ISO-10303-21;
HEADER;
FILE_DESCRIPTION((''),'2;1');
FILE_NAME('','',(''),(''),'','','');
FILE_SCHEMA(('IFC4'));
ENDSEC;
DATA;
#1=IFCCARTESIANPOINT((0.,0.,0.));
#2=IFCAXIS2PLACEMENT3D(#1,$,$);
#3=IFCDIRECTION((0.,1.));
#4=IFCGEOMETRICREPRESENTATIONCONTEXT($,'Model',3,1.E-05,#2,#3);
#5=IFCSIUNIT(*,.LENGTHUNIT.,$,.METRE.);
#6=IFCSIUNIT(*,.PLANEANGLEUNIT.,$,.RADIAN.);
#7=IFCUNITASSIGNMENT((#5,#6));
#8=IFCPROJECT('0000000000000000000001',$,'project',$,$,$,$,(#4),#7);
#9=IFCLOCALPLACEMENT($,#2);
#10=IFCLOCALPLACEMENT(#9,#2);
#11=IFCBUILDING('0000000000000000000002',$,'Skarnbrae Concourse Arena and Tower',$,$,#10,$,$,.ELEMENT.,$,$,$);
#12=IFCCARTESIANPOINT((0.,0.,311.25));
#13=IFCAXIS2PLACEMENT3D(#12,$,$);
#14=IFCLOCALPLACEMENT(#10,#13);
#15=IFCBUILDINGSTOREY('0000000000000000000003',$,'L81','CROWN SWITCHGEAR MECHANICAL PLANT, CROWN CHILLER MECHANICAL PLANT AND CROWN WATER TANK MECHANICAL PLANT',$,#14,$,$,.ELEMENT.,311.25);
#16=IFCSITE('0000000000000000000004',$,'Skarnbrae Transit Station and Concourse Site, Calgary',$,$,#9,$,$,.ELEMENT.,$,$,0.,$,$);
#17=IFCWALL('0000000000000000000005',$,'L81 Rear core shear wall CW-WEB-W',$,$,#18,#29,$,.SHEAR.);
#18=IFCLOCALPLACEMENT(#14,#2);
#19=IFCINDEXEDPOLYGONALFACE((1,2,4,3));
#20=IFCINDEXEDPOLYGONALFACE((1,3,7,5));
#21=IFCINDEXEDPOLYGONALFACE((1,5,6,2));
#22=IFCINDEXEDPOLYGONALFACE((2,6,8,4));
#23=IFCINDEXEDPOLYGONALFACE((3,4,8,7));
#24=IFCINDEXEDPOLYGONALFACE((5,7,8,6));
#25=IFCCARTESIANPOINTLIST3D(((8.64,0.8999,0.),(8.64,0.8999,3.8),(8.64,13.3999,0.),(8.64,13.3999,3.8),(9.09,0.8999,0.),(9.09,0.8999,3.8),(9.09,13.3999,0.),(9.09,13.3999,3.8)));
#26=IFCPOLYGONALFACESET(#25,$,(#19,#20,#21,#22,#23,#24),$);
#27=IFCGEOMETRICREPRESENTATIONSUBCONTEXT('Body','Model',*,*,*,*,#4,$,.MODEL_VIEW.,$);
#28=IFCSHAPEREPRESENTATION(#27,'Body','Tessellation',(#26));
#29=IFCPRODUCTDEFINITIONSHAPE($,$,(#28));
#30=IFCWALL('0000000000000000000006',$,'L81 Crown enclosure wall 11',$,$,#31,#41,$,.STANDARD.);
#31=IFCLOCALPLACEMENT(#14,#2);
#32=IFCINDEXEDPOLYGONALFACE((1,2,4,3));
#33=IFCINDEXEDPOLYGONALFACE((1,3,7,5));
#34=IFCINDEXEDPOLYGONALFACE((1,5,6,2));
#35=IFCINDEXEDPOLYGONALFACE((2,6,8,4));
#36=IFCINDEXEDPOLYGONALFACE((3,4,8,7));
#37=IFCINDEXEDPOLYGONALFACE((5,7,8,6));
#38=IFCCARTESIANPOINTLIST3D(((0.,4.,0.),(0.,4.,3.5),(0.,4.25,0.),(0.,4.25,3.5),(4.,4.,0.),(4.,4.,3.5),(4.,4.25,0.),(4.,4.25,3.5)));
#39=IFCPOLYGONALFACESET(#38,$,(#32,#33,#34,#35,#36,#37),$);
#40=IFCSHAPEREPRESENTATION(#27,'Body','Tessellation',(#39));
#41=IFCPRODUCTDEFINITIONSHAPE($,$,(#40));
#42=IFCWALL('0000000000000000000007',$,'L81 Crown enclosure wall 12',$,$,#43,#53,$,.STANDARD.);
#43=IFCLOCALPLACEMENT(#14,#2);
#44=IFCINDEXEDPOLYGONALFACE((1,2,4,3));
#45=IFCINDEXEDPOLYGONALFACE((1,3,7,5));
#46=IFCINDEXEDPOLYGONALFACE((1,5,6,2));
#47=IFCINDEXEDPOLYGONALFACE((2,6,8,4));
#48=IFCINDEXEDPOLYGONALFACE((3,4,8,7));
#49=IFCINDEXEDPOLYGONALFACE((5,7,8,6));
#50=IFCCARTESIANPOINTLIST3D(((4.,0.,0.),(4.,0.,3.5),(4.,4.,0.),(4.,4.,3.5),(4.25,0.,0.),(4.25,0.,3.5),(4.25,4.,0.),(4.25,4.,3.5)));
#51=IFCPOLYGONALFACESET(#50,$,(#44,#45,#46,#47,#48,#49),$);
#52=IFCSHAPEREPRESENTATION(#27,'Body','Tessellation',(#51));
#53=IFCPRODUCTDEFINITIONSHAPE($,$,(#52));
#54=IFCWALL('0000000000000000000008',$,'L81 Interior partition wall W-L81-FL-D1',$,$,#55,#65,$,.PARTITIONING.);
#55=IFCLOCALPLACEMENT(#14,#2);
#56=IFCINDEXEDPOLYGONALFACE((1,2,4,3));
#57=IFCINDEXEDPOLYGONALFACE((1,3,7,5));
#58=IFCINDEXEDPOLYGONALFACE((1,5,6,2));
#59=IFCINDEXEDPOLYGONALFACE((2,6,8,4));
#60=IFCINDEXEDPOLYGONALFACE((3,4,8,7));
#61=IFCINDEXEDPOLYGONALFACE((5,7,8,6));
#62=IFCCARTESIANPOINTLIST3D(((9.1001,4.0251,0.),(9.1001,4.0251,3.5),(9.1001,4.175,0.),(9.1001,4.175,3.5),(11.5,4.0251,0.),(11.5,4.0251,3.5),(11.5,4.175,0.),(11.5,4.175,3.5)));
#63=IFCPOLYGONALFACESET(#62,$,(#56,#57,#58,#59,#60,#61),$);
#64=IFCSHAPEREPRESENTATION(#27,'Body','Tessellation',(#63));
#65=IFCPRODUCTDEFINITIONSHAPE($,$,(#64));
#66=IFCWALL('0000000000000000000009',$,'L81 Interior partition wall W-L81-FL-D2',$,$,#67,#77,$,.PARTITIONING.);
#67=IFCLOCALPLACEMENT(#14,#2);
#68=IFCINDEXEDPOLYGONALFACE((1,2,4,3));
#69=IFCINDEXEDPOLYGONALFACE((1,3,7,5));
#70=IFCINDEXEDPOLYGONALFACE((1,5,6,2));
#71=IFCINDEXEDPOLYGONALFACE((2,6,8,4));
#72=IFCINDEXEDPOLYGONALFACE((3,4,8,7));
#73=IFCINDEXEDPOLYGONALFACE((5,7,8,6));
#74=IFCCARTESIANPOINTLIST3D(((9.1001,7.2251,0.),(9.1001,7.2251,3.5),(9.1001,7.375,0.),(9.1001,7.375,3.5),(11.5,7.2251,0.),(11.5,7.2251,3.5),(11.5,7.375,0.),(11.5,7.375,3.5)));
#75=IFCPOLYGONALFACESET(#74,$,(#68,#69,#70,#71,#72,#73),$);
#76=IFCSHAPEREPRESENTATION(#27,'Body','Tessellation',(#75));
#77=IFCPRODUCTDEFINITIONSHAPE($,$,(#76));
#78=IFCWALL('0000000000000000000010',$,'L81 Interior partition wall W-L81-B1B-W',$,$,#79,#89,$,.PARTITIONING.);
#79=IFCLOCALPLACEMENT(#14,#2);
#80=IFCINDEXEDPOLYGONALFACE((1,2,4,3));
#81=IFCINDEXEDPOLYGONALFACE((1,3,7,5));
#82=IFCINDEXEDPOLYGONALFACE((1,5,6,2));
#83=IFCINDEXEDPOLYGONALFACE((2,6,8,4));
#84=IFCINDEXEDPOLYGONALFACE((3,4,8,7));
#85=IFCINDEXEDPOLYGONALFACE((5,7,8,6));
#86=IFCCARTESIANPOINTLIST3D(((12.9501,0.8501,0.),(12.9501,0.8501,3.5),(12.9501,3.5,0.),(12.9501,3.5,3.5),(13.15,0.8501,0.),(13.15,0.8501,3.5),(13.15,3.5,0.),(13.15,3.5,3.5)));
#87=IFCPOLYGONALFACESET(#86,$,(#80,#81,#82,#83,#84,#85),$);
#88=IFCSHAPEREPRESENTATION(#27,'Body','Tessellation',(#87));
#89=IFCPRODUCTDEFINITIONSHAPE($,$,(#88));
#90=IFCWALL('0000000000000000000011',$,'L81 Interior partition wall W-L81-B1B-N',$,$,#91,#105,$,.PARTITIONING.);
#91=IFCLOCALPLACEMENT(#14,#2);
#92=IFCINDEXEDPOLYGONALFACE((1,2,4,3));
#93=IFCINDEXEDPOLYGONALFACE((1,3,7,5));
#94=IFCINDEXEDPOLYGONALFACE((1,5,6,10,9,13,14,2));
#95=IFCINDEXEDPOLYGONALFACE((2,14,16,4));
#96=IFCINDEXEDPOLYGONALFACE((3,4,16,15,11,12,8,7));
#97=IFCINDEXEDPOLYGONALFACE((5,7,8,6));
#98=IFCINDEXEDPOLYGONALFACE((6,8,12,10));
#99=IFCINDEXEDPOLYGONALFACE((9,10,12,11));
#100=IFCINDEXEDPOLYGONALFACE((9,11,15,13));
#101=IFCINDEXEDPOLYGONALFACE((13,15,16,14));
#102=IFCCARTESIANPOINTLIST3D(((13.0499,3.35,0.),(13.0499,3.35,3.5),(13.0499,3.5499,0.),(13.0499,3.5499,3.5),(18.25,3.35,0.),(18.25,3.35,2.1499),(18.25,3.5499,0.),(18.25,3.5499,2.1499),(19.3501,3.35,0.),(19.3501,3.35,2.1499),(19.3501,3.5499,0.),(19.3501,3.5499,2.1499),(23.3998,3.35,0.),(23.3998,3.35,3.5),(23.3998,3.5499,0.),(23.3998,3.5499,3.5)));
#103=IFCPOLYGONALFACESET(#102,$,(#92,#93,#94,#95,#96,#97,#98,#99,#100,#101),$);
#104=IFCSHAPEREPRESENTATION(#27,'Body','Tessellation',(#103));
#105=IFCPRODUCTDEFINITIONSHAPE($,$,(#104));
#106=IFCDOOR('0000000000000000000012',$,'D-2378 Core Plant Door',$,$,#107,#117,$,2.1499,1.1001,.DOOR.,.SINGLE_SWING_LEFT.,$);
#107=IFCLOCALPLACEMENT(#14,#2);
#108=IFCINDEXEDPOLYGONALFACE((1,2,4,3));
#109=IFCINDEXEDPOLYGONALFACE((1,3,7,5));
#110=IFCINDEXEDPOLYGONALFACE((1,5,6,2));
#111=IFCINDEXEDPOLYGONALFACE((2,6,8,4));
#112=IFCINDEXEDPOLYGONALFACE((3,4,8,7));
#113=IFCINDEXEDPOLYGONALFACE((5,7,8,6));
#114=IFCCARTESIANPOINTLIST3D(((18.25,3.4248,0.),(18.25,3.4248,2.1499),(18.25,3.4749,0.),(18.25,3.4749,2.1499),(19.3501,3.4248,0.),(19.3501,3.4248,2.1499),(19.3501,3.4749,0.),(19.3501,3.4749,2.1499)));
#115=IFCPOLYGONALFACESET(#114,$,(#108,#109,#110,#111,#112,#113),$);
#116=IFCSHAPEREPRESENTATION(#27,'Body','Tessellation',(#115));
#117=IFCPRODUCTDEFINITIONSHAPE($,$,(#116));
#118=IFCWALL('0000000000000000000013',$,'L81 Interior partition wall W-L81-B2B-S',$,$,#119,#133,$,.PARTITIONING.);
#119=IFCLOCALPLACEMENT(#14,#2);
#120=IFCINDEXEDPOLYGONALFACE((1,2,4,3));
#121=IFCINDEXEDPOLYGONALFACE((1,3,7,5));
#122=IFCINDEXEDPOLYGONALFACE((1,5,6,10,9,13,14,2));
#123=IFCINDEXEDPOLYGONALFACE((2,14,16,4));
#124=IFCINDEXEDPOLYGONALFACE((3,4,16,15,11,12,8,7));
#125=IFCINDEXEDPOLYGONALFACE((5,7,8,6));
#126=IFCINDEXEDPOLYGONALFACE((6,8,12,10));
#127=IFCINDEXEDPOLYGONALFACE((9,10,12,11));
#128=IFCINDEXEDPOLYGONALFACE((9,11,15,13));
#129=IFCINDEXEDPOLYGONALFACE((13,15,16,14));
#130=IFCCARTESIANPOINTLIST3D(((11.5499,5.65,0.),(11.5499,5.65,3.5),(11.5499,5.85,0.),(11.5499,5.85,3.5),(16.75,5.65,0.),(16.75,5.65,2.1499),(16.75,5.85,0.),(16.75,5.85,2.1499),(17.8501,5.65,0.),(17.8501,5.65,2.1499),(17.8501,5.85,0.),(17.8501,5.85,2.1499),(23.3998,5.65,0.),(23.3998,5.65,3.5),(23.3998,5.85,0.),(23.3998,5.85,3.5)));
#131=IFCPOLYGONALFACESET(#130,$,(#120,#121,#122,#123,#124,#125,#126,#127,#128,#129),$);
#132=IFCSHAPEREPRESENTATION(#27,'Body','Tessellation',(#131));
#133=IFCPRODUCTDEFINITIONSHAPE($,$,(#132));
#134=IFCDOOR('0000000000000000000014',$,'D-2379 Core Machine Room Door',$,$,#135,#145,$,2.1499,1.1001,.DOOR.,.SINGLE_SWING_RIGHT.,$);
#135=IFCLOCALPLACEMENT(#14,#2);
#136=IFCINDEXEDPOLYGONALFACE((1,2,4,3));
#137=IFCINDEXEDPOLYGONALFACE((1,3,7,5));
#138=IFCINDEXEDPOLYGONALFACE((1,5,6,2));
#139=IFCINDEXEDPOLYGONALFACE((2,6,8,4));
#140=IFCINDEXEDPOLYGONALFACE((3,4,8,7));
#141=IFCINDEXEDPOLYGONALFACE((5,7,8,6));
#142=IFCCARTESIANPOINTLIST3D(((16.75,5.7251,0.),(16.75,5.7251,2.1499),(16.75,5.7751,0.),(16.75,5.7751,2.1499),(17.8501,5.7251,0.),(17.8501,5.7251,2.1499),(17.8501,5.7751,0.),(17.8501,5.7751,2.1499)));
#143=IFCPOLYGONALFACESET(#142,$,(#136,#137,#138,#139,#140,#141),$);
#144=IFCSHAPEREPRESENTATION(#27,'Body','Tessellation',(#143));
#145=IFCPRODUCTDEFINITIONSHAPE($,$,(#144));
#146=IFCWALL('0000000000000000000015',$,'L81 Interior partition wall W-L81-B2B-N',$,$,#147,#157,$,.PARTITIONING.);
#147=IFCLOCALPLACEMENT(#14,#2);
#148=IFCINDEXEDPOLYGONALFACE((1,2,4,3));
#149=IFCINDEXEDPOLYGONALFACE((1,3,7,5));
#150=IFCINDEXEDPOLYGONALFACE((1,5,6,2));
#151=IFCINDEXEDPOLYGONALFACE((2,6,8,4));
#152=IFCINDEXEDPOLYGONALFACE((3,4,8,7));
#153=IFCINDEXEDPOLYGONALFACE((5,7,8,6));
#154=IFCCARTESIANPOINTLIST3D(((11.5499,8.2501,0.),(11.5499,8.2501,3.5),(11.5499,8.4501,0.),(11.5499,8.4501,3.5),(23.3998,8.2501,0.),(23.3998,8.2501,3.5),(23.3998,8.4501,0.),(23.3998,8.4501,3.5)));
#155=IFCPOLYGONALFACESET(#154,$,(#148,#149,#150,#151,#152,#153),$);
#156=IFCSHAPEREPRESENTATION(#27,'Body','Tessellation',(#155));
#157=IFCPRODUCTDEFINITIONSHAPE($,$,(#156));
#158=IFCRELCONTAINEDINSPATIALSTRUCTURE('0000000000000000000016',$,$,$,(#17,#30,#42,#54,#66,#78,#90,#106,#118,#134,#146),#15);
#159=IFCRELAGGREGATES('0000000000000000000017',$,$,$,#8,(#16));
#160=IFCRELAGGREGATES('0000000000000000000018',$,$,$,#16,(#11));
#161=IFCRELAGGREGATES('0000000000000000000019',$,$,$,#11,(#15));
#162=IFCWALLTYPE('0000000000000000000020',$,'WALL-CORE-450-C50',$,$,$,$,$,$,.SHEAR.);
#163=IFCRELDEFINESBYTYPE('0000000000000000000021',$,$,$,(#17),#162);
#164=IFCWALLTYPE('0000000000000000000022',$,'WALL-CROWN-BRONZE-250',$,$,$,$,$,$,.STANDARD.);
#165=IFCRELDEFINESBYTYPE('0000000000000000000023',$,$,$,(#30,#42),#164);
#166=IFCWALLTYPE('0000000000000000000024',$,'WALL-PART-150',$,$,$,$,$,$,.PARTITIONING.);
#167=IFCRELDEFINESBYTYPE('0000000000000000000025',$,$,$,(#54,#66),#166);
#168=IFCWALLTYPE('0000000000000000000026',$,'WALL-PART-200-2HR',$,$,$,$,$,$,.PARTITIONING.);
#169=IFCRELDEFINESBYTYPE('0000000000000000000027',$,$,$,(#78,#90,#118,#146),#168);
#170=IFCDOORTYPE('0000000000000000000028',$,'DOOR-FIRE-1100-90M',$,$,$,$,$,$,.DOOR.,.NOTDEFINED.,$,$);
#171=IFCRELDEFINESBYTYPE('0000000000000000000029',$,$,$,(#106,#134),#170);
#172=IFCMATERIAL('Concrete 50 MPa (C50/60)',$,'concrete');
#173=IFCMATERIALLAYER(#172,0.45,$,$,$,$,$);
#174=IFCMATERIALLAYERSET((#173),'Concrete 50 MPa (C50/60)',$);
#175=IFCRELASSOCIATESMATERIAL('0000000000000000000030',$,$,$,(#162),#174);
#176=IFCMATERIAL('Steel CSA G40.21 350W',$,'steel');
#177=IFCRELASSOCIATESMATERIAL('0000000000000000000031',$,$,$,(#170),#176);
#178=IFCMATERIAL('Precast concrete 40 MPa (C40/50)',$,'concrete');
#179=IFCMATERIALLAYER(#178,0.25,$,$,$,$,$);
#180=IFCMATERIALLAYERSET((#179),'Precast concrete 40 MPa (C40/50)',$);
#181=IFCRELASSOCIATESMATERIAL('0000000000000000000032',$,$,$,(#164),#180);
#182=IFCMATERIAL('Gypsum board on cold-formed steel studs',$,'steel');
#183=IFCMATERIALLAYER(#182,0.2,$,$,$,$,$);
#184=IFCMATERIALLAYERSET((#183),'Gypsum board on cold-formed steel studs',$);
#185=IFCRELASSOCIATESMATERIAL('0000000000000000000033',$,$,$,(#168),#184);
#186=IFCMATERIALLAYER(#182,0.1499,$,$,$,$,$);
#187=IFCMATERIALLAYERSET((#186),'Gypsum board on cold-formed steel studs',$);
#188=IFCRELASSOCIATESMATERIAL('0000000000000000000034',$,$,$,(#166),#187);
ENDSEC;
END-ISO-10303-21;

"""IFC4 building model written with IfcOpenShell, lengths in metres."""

from ifc_helpers import new_model, si_unit, direction, frame, frame_2d, origin, place, context, subcontext, project, spatial, rectangle, extrude, source, transform, mapped, material, layer, layer_set, type_object, element, fill, save


model = new_model("IFC4")

# Units and contexts
model_context = context("Model", 3, precision=1e-05, world=origin(), true_north=direction((0.0, 1.0)))
body_context = subcontext(model_context, "Body", "Model", "MODEL_VIEW")
ifc_project = project(units=[si_unit("LENGTHUNIT", "METRE"), si_unit("PLANEANGLEUNIT", "RADIAN")], contexts=[model_context])

# Site, building, storey
site_placement = place(None, origin())
site = spatial("IfcSite", under=ifc_project, at=site_placement, Name="Skarnbrae Transit Station and Concourse Site, Calgary", CompositionType="ELEMENT", RefElevation=0.0)
building_placement = place(site_placement, origin())
building = spatial("IfcBuilding", under=site, at=building_placement, Name="Skarnbrae Concourse Arena and Tower", CompositionType="ELEMENT")
storey_placement = place(building_placement, frame((0.0, 0.0, 311.25)))
storey = spatial("IfcBuildingStorey", under=building, at=storey_placement, Name="L81", Description="CROWN SWITCHGEAR MECHANICAL PLANT, CROWN CHILLER MECHANICAL PLANT AND CROWN WATER TANK MECHANICAL PLANT", CompositionType="ELEMENT", Elevation=311.25)

# Shared definitions
ifc_material_1 = material(Name="Steel CSA G40.21 350W", Category="steel")

# Wall
ifc_material_2 = material(Name="Concrete 50 MPa (C50/60)", Category="concrete")
ifc_layer_1 = layer(ifc_material_2, 0.45)
ifc_layer_set_1 = layer_set([ifc_layer_1], Name="Concrete 50 MPa (C50/60)")
wall_type_1 = type_object("IfcWallType", Name="WALL-CORE-450-C50", PredefinedType="SHEAR", material=ifc_layer_set_1)
shared_shape_1 = source(origin(), body_context, "Body", "SweptSolid", [
    extrude(rectangle(XDim=12.5, YDim=0.45, at=frame_2d((6.25, 0.0))), origin(), (0.0, 0.0, 1.0), 3.8),
])
wall_1_placement = place(storey_placement, frame((8.865, 0.8999, 0.0), z_axis=(0.0, 0.0, 1.0), x_axis=(0.0, 1.0, 0.0)))
element("IfcWall", 1, at=wall_1_placement, inside=storey, type_object=wall_type_1, Name="L81 Rear core shear wall CW-WEB-W", PredefinedType="SHEAR", context=body_context, shape_type="MappedRepresentation", body=[
    mapped(shared_shape_1, transform((0.0, 0.0, 0.0))),
])

# Shared definitions
door_type_1 = type_object("IfcDoorType", Name="DOOR-FIRE-1100-90M", OperationType="NOTDEFINED", PredefinedType="DOOR", material=ifc_material_1)
shared_shape_2 = source(origin(), body_context, "Body", "SweptSolid", [
    extrude(rectangle(XDim=1.1001, YDim=2.1499, at=frame_2d((0.55, 1.075))), frame((0.0, 0.0249, 0.0), z_axis=(0.0, -1.0, 0.0), x_axis=(1.0, 0.0, 0.0)), (0.0, 0.0, 1.0), 0.05),
])

# Walls
ifc_material_3 = material(Name="Precast concrete 40 MPa (C40/50)", Category="concrete")
ifc_layer_2 = layer(ifc_material_3, 0.25)
ifc_layer_set_2 = layer_set([ifc_layer_2], Name="Precast concrete 40 MPa (C40/50)")
wall_type_2 = type_object("IfcWallType", Name="WALL-CROWN-BRONZE-250", PredefinedType="STANDARD", material=ifc_layer_set_2)
shared_shape_3 = source(origin(), body_context, "Body", "SweptSolid", [
    extrude(rectangle(XDim=4.0, YDim=0.25, at=frame_2d((2.0, 0.0))), origin(), (0.0, 0.0, 1.0), 3.5),
])
for number, where, z_axis, x_axis, name in (
    (2, (0.0, 4.125, 0.0), (0.0, 0.0, 1.0), (1.0, 0.0, 0.0), "L81 Crown enclosure wall 11"),
    (3, (4.125, 4.0, 0.0), (0.0, 0.0, 1.0), (0.0, -1.0, 0.0), "L81 Crown enclosure wall 12"),
):
    element("IfcWall", number, at=place(storey_placement, frame(where, z_axis=z_axis, x_axis=x_axis)), inside=storey, type_object=wall_type_2, Name=name, PredefinedType="STANDARD", context=body_context, shape_type="MappedRepresentation", body=[
        mapped(shared_shape_3, transform((0.0, 0.0, 0.0))),
    ])

# Shared definitions
ifc_material_4 = material(Name="Gypsum board on cold-formed steel studs", Category="steel")
ifc_layer_3 = layer(ifc_material_4, 0.2)
ifc_layer_set_3 = layer_set([ifc_layer_3], Name="Gypsum board on cold-formed steel studs")
wall_type_3 = type_object("IfcWallType", Name="WALL-PART-200-2HR", PredefinedType="PARTITIONING", material=ifc_layer_set_3)

# Walls
ifc_layer_4 = layer(ifc_material_4, 0.1499)
ifc_layer_set_4 = layer_set([ifc_layer_4], Name="Gypsum board on cold-formed steel studs")
wall_type_4 = type_object("IfcWallType", Name="WALL-PART-150", PredefinedType="PARTITIONING", material=ifc_layer_set_4)
shared_shape_4 = source(origin(), body_context, "Body", "SweptSolid", [
    extrude(rectangle(XDim=2.3999, YDim=0.1499, at=frame_2d((1.2, 0.0))), origin(), (0.0, 0.0, 1.0), 3.5),
])
for number, where, z_axis, x_axis, name in (
    (4, (9.1001, 4.1001, 0.0), (0.0, 0.0, 1.0), (1.0, 0.0, 0.0), "L81 Interior partition wall W-L81-FL-D1"),
    (5, (9.1001, 7.3, 0.0), (0.0, 0.0, 1.0), (1.0, 0.0, 0.0), "L81 Interior partition wall W-L81-FL-D2"),
):
    element("IfcWall", number, at=place(storey_placement, frame(where, z_axis=z_axis, x_axis=x_axis)), inside=storey, type_object=wall_type_4, Name=name, PredefinedType="PARTITIONING", context=body_context, shape_type="MappedRepresentation", body=[
        mapped(shared_shape_4, transform((0.0, 0.0, 0.0))),
    ])
shared_shape_5 = source(origin(), body_context, "Body", "SweptSolid", [
    extrude(rectangle(XDim=2.6499, YDim=0.2, at=frame_2d((1.325, 0.0))), origin(), (0.0, 0.0, 1.0), 3.5),
])
wall_2_placement = place(storey_placement, frame((13.05, 0.8501, 0.0), z_axis=(0.0, 0.0, 1.0), x_axis=(0.0, 1.0, 0.0)))
element("IfcWall", 6, at=wall_2_placement, inside=storey, type_object=wall_type_3, Name="L81 Interior partition wall W-L81-B1B-W", PredefinedType="PARTITIONING", context=body_context, shape_type="MappedRepresentation", body=[
    mapped(shared_shape_5, transform((0.0, 0.0, 0.0))),
])

# Walls, openings, doors
shared_shape_6 = source(origin(), body_context, "Body", "SweptSolid", [
    extrude(rectangle(XDim=10.3499, YDim=0.2, at=frame_2d((5.1748, 0.0))), origin(), (0.0, 0.0, 1.0), 3.5),
])
wall_3_placement = place(storey_placement, frame((13.05, 3.45, 0.0), z_axis=(0.0, 0.0, 1.0), x_axis=(1.0, 0.0, 0.0)))
wall_3 = element("IfcWall", 7, at=wall_3_placement, inside=storey, type_object=wall_type_3, Name="L81 Interior partition wall W-L81-B1B-N", PredefinedType="PARTITIONING", context=body_context, shape_type="MappedRepresentation", body=[
    mapped(shared_shape_6, transform((0.0, 0.0, 0.0))),
])
opening_1_placement = place(wall_3_placement, frame((5.2, 0.0, 0.0)))
opening_1 = element("IfcOpeningElement", 8, at=opening_1_placement, cuts=wall_3, PredefinedType="OPENING", context=body_context, shape_type="SweptSolid", body=[
    extrude(rectangle(XDim=1.1001, YDim=2.1499, at=frame_2d((0.55, 1.075))), frame((0.0, 0.1099, 0.0), z_axis=(0.0, -1.0, 0.0), x_axis=(1.0, 0.0, 0.0)), (0.0, 0.0, 1.0), 0.22),
])
door_1_placement = place(opening_1_placement, origin())
door_1 = element("IfcDoor", 9, at=door_1_placement, inside=storey, type_object=door_type_1, Name="D-2378 Core Plant Door", OperationType="SINGLE_SWING_LEFT", OverallHeight=2.1499, OverallWidth=1.1001, PredefinedType="DOOR", context=body_context, shape_type="MappedRepresentation", body=[
    mapped(shared_shape_2, transform((0.0, 0.0, 0.0))),
])
fill(opening_1, door_1)
shared_shape_7 = source(origin(), body_context, "Body", "SweptSolid", [
    extrude(rectangle(XDim=11.8499, YDim=0.2, at=frame_2d((5.9248, 0.0))), origin(), (0.0, 0.0, 1.0), 3.5),
])
wall_4_placement = place(storey_placement, frame((11.55, 5.75, 0.0), z_axis=(0.0, 0.0, 1.0), x_axis=(1.0, 0.0, 0.0)))
wall_4 = element("IfcWall", 10, at=wall_4_placement, inside=storey, type_object=wall_type_3, Name="L81 Interior partition wall W-L81-B2B-S", PredefinedType="PARTITIONING", context=body_context, shape_type="MappedRepresentation", body=[
    mapped(shared_shape_7, transform((0.0, 0.0, 0.0))),
])
opening_2_placement = place(wall_4_placement, frame((5.2, 0.0, 0.0)))
opening_2 = element("IfcOpeningElement", 11, at=opening_2_placement, cuts=wall_4, PredefinedType="OPENING", context=body_context, shape_type="SweptSolid", body=[
    extrude(rectangle(XDim=1.1001, YDim=2.1499, at=frame_2d((0.55, 1.075))), frame((0.0, 0.1099, 0.0), z_axis=(0.0, -1.0, 0.0), x_axis=(1.0, 0.0, 0.0)), (0.0, 0.0, 1.0), 0.22),
])
door_2_placement = place(opening_2_placement, frame((1.1001, 0.0, 0.0), z_axis=(0.0, 0.0, 1.0), x_axis=(-1.0, 0.0, 0.0)))
door_2 = element("IfcDoor", 12, at=door_2_placement, inside=storey, type_object=door_type_1, Name="D-2379 Core Machine Room Door", OperationType="SINGLE_SWING_RIGHT", OverallHeight=2.1499, OverallWidth=1.1001, PredefinedType="DOOR", context=body_context, shape_type="MappedRepresentation", body=[
    mapped(shared_shape_2, transform((0.0, 0.0, 0.0))),
])
fill(opening_2, door_2)

# Wall
wall_5_placement = place(storey_placement, frame((11.55, 8.3501, 0.0), z_axis=(0.0, 0.0, 1.0), x_axis=(1.0, 0.0, 0.0)))
element("IfcWall", 13, at=wall_5_placement, inside=storey, type_object=wall_type_3, Name="L81 Interior partition wall W-L81-B2B-N", PredefinedType="PARTITIONING", context=body_context, shape_type="MappedRepresentation", body=[
    mapped(shared_shape_7, transform((0.0, 0.0, 0.0))),
])

save(model, "model.ifc")
